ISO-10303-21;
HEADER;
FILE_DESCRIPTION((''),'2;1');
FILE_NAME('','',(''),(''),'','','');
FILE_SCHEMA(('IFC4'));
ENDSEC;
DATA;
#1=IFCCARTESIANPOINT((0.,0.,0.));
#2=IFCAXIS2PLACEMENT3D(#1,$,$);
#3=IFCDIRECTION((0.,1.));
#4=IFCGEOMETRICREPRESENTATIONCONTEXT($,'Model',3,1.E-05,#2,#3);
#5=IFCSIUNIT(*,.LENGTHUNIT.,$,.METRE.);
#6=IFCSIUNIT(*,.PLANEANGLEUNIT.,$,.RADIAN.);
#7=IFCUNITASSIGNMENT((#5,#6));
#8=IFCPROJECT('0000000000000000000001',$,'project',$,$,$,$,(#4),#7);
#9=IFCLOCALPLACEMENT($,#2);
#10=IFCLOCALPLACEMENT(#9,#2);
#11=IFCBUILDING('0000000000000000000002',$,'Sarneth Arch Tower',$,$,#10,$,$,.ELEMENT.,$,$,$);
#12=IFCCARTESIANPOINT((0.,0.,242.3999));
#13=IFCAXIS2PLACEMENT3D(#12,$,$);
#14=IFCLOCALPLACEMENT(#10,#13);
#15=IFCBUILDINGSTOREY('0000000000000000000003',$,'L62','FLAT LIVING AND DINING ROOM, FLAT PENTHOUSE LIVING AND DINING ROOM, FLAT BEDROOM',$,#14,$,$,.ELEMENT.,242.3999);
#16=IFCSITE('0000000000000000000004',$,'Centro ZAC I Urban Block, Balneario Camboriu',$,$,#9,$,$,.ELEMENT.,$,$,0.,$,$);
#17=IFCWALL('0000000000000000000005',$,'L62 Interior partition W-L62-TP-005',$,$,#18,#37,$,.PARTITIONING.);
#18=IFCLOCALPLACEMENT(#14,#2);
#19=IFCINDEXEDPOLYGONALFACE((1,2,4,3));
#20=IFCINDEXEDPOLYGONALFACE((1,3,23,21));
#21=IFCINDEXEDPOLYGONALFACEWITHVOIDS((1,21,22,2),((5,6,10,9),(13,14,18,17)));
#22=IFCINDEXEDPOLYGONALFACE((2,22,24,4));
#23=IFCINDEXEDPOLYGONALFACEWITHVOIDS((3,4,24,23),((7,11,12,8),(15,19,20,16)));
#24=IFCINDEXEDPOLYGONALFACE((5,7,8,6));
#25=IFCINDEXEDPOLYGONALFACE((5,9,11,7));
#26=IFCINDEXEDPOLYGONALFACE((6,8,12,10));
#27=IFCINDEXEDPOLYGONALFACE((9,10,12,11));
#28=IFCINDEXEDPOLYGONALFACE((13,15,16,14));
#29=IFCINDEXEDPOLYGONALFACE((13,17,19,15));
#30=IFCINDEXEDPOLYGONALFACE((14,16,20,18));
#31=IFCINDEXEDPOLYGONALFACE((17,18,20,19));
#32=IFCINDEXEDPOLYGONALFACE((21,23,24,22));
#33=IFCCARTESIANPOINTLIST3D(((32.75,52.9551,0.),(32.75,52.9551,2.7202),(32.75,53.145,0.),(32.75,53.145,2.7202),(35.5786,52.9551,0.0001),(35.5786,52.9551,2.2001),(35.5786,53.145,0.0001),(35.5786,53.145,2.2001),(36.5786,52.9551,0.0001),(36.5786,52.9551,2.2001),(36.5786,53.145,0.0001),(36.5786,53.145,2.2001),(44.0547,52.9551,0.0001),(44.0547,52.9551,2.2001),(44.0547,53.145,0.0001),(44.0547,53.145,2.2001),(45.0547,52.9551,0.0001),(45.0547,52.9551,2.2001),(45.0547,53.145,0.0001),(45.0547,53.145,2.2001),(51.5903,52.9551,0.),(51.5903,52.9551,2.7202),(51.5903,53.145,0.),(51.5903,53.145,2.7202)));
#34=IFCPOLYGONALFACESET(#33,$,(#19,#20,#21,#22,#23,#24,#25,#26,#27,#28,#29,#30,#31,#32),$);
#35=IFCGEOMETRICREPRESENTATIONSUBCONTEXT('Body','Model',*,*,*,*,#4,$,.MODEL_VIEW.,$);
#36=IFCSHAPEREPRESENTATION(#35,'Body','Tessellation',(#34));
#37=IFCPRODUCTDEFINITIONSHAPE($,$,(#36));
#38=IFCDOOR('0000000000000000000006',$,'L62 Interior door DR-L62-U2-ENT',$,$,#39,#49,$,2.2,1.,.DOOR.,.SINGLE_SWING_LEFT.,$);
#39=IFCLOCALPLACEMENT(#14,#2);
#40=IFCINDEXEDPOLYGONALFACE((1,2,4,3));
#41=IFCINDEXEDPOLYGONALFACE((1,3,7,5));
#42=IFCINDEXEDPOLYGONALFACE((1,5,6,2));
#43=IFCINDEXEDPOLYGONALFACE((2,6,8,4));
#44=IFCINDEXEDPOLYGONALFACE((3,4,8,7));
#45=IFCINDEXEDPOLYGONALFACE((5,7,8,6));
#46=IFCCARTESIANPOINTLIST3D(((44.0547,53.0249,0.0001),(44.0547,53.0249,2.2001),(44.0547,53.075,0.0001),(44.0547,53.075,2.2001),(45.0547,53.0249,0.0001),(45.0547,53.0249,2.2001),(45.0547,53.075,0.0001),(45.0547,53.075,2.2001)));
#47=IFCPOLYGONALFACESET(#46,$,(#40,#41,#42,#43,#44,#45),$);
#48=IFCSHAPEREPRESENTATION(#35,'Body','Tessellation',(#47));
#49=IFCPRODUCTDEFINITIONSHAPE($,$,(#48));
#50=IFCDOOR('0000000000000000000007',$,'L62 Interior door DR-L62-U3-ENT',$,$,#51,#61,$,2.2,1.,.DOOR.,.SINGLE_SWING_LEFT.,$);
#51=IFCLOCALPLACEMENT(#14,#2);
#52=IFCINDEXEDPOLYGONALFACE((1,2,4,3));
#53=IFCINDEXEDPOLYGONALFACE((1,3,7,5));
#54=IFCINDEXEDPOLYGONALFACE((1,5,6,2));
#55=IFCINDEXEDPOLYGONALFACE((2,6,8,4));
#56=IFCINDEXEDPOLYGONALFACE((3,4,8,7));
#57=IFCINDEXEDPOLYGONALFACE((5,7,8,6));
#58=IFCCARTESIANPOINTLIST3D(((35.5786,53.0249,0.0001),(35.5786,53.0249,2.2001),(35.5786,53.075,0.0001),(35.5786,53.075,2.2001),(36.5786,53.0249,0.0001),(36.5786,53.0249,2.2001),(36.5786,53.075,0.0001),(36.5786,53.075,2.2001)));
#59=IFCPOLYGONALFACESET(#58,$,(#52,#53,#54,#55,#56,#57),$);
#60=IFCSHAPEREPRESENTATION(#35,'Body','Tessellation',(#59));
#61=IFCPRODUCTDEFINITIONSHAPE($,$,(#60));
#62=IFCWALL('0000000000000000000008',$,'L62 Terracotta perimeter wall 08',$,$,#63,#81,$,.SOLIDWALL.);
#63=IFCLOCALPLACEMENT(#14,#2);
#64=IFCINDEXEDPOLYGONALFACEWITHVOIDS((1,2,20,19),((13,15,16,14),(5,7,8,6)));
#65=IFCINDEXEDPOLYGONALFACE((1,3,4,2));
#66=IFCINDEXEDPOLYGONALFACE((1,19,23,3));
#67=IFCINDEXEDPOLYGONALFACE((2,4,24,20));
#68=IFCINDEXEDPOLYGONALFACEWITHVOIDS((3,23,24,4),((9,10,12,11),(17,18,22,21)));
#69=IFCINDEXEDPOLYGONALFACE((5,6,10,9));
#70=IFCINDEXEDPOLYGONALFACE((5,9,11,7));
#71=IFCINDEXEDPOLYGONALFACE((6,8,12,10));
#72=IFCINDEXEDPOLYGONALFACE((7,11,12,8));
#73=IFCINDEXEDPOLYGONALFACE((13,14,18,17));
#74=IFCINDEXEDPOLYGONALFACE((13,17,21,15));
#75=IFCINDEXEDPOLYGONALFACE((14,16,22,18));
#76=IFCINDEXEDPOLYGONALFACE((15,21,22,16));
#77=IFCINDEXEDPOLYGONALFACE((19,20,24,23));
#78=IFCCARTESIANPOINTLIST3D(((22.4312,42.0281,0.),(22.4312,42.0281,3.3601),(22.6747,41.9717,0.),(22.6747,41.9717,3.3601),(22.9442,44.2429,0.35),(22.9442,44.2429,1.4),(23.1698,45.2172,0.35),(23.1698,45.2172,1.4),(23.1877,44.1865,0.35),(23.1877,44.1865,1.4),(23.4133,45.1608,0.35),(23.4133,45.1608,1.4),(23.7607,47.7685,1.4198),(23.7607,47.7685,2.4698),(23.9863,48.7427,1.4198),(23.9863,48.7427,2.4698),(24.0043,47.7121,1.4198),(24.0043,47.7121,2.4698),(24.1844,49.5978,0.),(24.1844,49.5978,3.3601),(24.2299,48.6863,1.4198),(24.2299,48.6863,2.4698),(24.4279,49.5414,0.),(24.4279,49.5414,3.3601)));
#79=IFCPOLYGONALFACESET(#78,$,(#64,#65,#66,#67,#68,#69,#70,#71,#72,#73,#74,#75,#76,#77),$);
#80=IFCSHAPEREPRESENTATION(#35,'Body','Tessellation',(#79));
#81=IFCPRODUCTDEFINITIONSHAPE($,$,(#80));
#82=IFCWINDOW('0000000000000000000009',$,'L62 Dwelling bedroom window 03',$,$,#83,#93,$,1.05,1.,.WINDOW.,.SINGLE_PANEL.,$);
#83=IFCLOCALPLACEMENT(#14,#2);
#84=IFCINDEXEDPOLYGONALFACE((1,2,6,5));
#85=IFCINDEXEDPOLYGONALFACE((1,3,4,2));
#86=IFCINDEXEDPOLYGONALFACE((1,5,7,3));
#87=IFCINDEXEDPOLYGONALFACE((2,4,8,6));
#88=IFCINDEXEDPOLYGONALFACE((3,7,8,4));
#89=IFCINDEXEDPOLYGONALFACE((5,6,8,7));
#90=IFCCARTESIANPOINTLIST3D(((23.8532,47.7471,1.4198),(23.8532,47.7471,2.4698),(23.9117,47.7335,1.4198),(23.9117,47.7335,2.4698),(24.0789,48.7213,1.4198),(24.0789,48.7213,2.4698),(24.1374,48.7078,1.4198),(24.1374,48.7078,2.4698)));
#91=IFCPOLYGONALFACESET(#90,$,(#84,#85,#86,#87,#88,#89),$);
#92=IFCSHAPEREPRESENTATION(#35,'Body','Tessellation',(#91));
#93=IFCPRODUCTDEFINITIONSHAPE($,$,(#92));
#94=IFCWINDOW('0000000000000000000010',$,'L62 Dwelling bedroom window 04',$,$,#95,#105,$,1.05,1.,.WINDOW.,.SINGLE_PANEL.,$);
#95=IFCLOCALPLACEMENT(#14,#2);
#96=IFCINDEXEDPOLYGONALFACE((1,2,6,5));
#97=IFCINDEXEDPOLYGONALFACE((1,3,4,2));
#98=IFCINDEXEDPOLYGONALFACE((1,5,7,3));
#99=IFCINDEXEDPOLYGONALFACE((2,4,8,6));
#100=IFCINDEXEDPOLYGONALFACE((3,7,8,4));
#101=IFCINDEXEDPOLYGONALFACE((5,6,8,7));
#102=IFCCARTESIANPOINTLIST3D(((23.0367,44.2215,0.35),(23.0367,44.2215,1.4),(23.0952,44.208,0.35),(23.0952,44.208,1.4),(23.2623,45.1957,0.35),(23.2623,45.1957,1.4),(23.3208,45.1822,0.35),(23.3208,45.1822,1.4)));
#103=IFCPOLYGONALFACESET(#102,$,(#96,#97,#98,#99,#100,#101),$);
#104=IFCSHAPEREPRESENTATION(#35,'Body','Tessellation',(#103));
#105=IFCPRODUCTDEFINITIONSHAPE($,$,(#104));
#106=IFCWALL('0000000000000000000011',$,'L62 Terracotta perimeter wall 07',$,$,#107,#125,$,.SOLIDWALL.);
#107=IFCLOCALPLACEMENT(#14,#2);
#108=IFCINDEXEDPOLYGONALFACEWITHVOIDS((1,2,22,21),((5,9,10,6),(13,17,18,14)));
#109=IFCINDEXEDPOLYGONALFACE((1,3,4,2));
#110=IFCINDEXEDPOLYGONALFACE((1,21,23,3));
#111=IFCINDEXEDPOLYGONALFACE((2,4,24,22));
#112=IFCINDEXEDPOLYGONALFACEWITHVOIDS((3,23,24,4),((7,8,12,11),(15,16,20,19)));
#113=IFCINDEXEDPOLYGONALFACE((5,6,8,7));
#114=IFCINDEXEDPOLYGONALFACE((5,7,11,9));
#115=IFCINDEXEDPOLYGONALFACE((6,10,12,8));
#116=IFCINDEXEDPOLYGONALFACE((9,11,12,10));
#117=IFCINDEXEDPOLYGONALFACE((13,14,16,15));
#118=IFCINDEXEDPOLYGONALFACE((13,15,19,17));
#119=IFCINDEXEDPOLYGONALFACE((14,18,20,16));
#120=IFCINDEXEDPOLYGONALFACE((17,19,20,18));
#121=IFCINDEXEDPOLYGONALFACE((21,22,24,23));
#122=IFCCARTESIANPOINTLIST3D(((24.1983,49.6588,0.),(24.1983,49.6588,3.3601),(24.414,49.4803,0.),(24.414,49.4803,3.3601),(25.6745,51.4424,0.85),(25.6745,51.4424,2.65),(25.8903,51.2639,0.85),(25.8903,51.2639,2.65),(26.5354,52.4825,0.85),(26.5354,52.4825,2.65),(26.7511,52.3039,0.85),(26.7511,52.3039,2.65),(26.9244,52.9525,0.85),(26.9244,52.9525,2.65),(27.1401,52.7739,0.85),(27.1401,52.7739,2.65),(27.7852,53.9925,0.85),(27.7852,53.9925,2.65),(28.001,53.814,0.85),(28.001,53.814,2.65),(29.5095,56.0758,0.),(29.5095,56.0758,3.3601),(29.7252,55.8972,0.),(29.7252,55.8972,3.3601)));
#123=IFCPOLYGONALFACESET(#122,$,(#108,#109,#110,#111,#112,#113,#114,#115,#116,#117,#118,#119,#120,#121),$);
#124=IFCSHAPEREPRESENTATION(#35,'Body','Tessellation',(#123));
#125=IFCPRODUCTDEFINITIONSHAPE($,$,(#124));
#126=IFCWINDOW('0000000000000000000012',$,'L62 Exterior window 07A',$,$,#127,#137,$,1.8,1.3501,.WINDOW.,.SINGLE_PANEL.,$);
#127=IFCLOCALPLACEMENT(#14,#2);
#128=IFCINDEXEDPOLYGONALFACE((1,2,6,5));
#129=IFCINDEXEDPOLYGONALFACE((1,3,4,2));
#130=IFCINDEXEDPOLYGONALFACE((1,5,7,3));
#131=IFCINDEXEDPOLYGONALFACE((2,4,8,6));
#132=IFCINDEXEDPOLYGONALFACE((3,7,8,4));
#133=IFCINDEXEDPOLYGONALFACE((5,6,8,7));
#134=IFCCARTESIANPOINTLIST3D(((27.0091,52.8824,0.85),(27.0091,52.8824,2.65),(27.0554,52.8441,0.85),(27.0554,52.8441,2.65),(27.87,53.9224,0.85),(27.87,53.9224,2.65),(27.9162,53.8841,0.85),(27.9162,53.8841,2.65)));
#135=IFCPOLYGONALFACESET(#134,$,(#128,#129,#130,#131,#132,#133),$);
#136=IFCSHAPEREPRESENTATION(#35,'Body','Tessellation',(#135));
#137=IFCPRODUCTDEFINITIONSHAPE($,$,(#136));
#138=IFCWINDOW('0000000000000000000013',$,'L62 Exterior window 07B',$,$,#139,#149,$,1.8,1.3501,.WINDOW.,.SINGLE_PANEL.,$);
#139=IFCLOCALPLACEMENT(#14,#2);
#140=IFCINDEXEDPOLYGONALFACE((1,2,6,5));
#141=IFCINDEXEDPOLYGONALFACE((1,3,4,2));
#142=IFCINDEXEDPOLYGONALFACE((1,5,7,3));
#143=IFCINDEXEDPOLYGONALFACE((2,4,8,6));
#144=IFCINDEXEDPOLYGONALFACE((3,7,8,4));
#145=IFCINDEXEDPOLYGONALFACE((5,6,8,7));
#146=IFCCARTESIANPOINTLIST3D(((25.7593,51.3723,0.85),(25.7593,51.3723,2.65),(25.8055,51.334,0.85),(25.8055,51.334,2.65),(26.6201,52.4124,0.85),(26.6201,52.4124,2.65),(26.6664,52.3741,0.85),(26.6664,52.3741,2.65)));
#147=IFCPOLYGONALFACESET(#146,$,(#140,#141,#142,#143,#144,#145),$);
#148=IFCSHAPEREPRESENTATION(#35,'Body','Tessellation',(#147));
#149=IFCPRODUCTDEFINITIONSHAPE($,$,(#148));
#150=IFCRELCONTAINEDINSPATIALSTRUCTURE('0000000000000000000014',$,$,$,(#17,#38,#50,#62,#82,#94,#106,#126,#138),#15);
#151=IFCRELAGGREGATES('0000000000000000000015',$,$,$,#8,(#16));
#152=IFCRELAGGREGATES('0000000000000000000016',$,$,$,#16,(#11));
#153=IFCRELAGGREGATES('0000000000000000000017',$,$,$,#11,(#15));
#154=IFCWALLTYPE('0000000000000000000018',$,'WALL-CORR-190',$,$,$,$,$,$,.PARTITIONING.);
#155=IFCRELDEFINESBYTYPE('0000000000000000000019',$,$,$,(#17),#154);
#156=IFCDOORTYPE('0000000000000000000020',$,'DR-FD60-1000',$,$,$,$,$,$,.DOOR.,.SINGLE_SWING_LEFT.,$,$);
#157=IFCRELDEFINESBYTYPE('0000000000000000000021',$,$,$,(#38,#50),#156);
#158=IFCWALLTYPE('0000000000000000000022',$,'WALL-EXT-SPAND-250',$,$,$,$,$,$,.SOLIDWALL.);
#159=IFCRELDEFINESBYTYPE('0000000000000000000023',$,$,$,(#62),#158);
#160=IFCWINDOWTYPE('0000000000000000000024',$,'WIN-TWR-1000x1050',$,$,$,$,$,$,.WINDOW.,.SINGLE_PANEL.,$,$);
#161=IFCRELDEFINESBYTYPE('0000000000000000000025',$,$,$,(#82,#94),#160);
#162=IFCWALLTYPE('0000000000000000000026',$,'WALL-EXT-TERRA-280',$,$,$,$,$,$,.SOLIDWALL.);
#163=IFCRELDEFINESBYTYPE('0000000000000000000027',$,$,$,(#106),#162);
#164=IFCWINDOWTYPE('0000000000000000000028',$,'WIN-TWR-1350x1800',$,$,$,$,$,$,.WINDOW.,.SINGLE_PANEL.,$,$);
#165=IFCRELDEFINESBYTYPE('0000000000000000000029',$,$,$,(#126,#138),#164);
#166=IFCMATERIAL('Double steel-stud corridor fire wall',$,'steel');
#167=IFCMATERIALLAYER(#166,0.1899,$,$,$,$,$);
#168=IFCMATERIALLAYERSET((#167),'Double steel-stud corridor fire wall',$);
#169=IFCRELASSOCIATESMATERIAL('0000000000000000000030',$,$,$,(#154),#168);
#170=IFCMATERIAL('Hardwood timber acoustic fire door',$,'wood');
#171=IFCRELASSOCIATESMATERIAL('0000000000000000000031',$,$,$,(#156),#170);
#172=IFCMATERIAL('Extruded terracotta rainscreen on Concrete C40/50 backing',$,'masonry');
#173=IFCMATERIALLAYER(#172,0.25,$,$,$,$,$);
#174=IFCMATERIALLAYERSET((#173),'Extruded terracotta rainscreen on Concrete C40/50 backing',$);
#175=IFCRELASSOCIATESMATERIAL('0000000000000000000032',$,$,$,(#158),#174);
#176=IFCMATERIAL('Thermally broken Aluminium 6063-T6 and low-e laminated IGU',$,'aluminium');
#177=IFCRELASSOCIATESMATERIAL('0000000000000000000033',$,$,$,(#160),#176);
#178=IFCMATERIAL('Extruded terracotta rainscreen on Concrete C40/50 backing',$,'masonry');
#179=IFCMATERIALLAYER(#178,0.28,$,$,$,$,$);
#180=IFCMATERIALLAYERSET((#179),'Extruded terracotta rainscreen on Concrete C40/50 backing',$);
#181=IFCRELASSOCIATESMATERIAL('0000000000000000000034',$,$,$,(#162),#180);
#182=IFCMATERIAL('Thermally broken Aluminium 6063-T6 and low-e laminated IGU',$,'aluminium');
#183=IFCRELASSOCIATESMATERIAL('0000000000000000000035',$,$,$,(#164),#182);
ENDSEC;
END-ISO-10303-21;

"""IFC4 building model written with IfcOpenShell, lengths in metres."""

from ifc_helpers import new_model, si_unit, direction, frame, frame_2d, origin, place, context, subcontext, project, spatial, rectangle, extrude, material, layer, layer_set, type_object, element, fill, save


model = new_model("IFC4")

# Units and contexts
model_context = context("Model", 3, precision=1e-05, world=origin(), true_north=direction((0.0, 1.0)))
body_context = subcontext(model_context, "Body", "Model", "MODEL_VIEW")
ifc_project = project(units=[si_unit("LENGTHUNIT", "METRE"), si_unit("PLANEANGLEUNIT", "RADIAN")], contexts=[model_context])

# Site, building, storey
site_placement = place(None, origin())
site = spatial("IfcSite", under=ifc_project, at=site_placement, Name="Centro ZAC I Urban Block, Balneario Camboriu", CompositionType="ELEMENT", RefElevation=0.0)
building_placement = place(site_placement, origin())
building = spatial("IfcBuilding", under=site, at=building_placement, Name="Sarneth Arch Tower", CompositionType="ELEMENT")
storey_placement = place(building_placement, frame((0.0, 0.0, 242.3999)))
storey = spatial("IfcBuildingStorey", under=building, at=storey_placement, Name="L62", Description="FLAT LIVING AND DINING ROOM, FLAT PENTHOUSE LIVING AND DINING ROOM, FLAT BEDROOM", CompositionType="ELEMENT", Elevation=242.3999)

# Wall, openings, doors
ifc_material_1 = material(Name="Double steel-stud corridor fire wall", Category="steel")
ifc_layer_1 = layer(ifc_material_1, 0.1899)
ifc_layer_set_1 = layer_set([ifc_layer_1], Name="Double steel-stud corridor fire wall")
wall_type_1 = type_object("IfcWallType", Name="WALL-CORR-190", PredefinedType="PARTITIONING", material=ifc_layer_set_1)
wall_1_placement = place(storey_placement, frame((32.75, 53.05, 0.0), z_axis=(0.0, 0.0, 1.0), x_axis=(1.0, 0.0, 0.0)))
wall_1 = element("IfcWall", 1, at=wall_1_placement, inside=storey, type_object=wall_type_1, Name="L62 Interior partition W-L62-TP-005", PredefinedType="PARTITIONING", context=body_context, shape_type="SweptSolid", body=[
    extrude(rectangle(XDim=18.8403, YDim=0.1899, at=frame_2d((9.4202, 0.0))), origin(), (0.0, 0.0, 1.0), 2.7202),
])
opening_1_placement = place(wall_1_placement, frame((11.3047, 0.0, 0.0)))
opening_1 = element("IfcOpeningElement", 2, at=opening_1_placement, cuts=wall_1, PredefinedType="OPENING", context=body_context, shape_type="SweptSolid", body=[
    extrude(rectangle(XDim=1.0, YDim=2.2, at=frame_2d((0.5, 1.1001))), frame((0.0, 0.105, 0.0), z_axis=(0.0, -1.0, 0.0), x_axis=(1.0, 0.0, 0.0)), (0.0, 0.0, 1.0), 0.21),
])
opening_2_placement = place(wall_1_placement, frame((2.8286, 0.0, 0.0)))
opening_2 = element("IfcOpeningElement", 3, at=opening_2_placement, cuts=wall_1, PredefinedType="OPENING", context=body_context, shape_type="SweptSolid", body=[
    extrude(rectangle(XDim=1.0, YDim=2.2, at=frame_2d((0.5, 1.1001))), frame((0.0, 0.105, 0.0), z_axis=(0.0, -1.0, 0.0), x_axis=(1.0, 0.0, 0.0)), (0.0, 0.0, 1.0), 0.21),
])
ifc_material_2 = material(Name="Hardwood timber acoustic fire door", Category="wood")
door_type_1 = type_object("IfcDoorType", Name="DR-FD60-1000", OperationType="SINGLE_SWING_LEFT", PredefinedType="DOOR", material=ifc_material_2)
door_1_placement = place(opening_1_placement, origin())
door_1 = element("IfcDoor", 4, at=door_1_placement, inside=storey, type_object=door_type_1, Name="L62 Interior door DR-L62-U2-ENT", OperationType="SINGLE_SWING_LEFT", OverallHeight=2.2, OverallWidth=1.0, PredefinedType="DOOR", context=body_context, shape_type="SweptSolid", body=[
    extrude(rectangle(XDim=1.0, YDim=2.2, at=frame_2d((0.5, 1.1001))), frame((0.0, 0.0249, 0.0), z_axis=(0.0, -1.0, 0.0), x_axis=(1.0, 0.0, 0.0)), (0.0, 0.0, 1.0), 0.05),
])
fill(opening_1, door_1)
door_2_placement = place(opening_2_placement, origin())
door_2 = element("IfcDoor", 5, at=door_2_placement, inside=storey, type_object=door_type_1, Name="L62 Interior door DR-L62-U3-ENT", OperationType="SINGLE_SWING_LEFT", OverallHeight=2.2, OverallWidth=1.0, PredefinedType="DOOR", context=body_context, shape_type="SweptSolid", body=[
    extrude(rectangle(XDim=1.0, YDim=2.2, at=frame_2d((0.5, 1.1001))), frame((0.0, 0.0249, 0.0), z_axis=(0.0, -1.0, 0.0), x_axis=(1.0, 0.0, 0.0)), (0.0, 0.0, 1.0), 0.05),
])
fill(opening_2, door_2)

# Walls, openings, windows
ifc_material_3 = material(Name="Extruded terracotta rainscreen on Concrete C40/50 backing", Category="masonry")
ifc_layer_2 = layer(ifc_material_3, 0.25)
ifc_layer_set_2 = layer_set([ifc_layer_2], Name="Extruded terracotta rainscreen on Concrete C40/50 backing")
wall_type_2 = type_object("IfcWallType", Name="WALL-EXT-SPAND-250", PredefinedType="SOLIDWALL", material=ifc_layer_set_2)
wall_2_placement = place(storey_placement, frame((24.3062, 49.5696, 0.0), z_axis=(0.0, 0.0, 1.0), x_axis=(-0.225635, -0.974212, 0.0)))
wall_2 = element("IfcWall", 6, at=wall_2_placement, inside=storey, type_object=wall_type_2, Name="L62 Terracotta perimeter wall 08", PredefinedType="SOLIDWALL", context=body_context, shape_type="SweptSolid", body=[
    extrude(rectangle(XDim=7.77, YDim=0.25, at=frame_2d((3.885, 0.0))), origin(), (0.0, 0.0, 1.0), 3.3601),
])
opening_3_placement = place(wall_2_placement, frame((0.8777, 0.0, 1.4199)))
opening_3 = element("IfcOpeningElement", 7, at=opening_3_placement, cuts=wall_2, PredefinedType="OPENING", context=body_context, shape_type="SweptSolid", body=[
    extrude(rectangle(XDim=1.0, YDim=1.05, at=frame_2d((0.5, 0.5249))), frame((0.0, 0.135, 0.0), z_axis=(0.0, -1.0, 0.0), x_axis=(1.0, 0.0, 0.0)), (0.0, 0.0, 1.0), 0.27),
])
opening_4_placement = place(wall_2_placement, frame((4.4966, 0.0, 0.3501)))
opening_4 = element("IfcOpeningElement", 8, at=opening_4_placement, cuts=wall_2, PredefinedType="OPENING", context=body_context, shape_type="SweptSolid", body=[
    extrude(rectangle(XDim=1.0, YDim=1.05, at=frame_2d((0.5, 0.5249))), frame((0.0, 0.135, 0.0), z_axis=(0.0, -1.0, 0.0), x_axis=(1.0, 0.0, 0.0)), (0.0, 0.0, 1.0), 0.27),
])
ifc_material_4 = material(Name="Thermally broken Aluminium 6063-T6 and low-e laminated IGU", Category="aluminium")
window_type_1 = type_object("IfcWindowType", Name="WIN-TWR-1000x1050", PartitioningType="SINGLE_PANEL", PredefinedType="WINDOW", material=ifc_material_4)
window_1_placement = place(opening_3_placement, origin())
window_1 = element("IfcWindow", 9, at=window_1_placement, inside=storey, type_object=window_type_1, Name="L62 Dwelling bedroom window 03", OverallHeight=1.05, OverallWidth=1.0, PartitioningType="SINGLE_PANEL", PredefinedType="WINDOW", context=body_context, shape_type="SweptSolid", body=[
    extrude(rectangle(XDim=1.0, YDim=1.05, at=frame_2d((0.5, 0.5249))), frame((0.0, 0.03, 0.0), z_axis=(0.0, -1.0, 0.0), x_axis=(1.0, 0.0, 0.0)), (0.0, 0.0, 1.0), 0.0601),
])
fill(opening_3, window_1)
window_2_placement = place(opening_4_placement, origin())
window_2 = element("IfcWindow", 10, at=window_2_placement, inside=storey, type_object=window_type_1, Name="L62 Dwelling bedroom window 04", OverallHeight=1.05, OverallWidth=1.0, PartitioningType="SINGLE_PANEL", PredefinedType="WINDOW", context=body_context, shape_type="SweptSolid", body=[
    extrude(rectangle(XDim=1.0, YDim=1.05, at=frame_2d((0.5, 0.5249))), frame((0.0, 0.03, 0.0), z_axis=(0.0, -1.0, 0.0), x_axis=(1.0, 0.0, 0.0)), (0.0, 0.0, 1.0), 0.0601),
])
fill(opening_4, window_2)
ifc_material_5 = material(Name="Extruded terracotta rainscreen on Concrete C40/50 backing", Category="masonry")
ifc_layer_3 = layer(ifc_material_5, 0.28)
ifc_layer_set_3 = layer_set([ifc_layer_3], Name="Extruded terracotta rainscreen on Concrete C40/50 backing")
wall_type_3 = type_object("IfcWallType", Name="WALL-EXT-TERRA-280", PredefinedType="SOLIDWALL", material=ifc_layer_set_3)
wall_3_placement = place(storey_placement, frame((29.6174, 55.9866, 0.0), z_axis=(0.0, 0.0, 1.0), x_axis=(-0.637615, -0.770355, 0.0)))
wall_3 = element("IfcWall", 11, at=wall_3_placement, inside=storey, type_object=wall_type_3, Name="L62 Terracotta perimeter wall 07", PredefinedType="SOLIDWALL", context=body_context, shape_type="SweptSolid", body=[
    extrude(rectangle(XDim=8.3298, YDim=0.28, at=frame_2d((4.165, 0.0))), origin(), (0.0, 0.0, 1.0), 3.3601),
])
opening_5_placement = place(wall_3_placement, frame((2.7043, 0.0, 0.8501)))
opening_5 = element("IfcOpeningElement", 12, at=opening_5_placement, cuts=wall_3, PredefinedType="OPENING", context=body_context, shape_type="SweptSolid", body=[
    extrude(rectangle(XDim=1.3501, YDim=1.8, at=frame_2d((0.675, 0.8999))), frame((0.0, 0.1499, 0.0), z_axis=(0.0, -1.0, 0.0), x_axis=(1.0, 0.0, 0.0)), (0.0, 0.0, 1.0), 0.3),
])
opening_6_placement = place(wall_3_placement, frame((4.6646, 0.0, 0.8501)))
opening_6 = element("IfcOpeningElement", 13, at=opening_6_placement, cuts=wall_3, PredefinedType="OPENING", context=body_context, shape_type="SweptSolid", body=[
    extrude(rectangle(XDim=1.3501, YDim=1.8, at=frame_2d((0.675, 0.8999))), frame((0.0, 0.1499, 0.0), z_axis=(0.0, -1.0, 0.0), x_axis=(1.0, 0.0, 0.0)), (0.0, 0.0, 1.0), 0.3),
])
ifc_material_6 = material(Name="Thermally broken Aluminium 6063-T6 and low-e laminated IGU", Category="aluminium")
window_type_2 = type_object("IfcWindowType", Name="WIN-TWR-1350x1800", PartitioningType="SINGLE_PANEL", PredefinedType="WINDOW", material=ifc_material_6)
window_3_placement = place(opening_5_placement, origin())
window_3 = element("IfcWindow", 14, at=window_3_placement, inside=storey, type_object=window_type_2, Name="L62 Exterior window 07A", OverallHeight=1.8, OverallWidth=1.3501, PartitioningType="SINGLE_PANEL", PredefinedType="WINDOW", context=body_context, shape_type="SweptSolid", body=[
    extrude(rectangle(XDim=1.3501, YDim=1.8, at=frame_2d((0.675, 0.8999))), frame((0.0, 0.03, 0.0), z_axis=(0.0, -1.0, 0.0), x_axis=(1.0, 0.0, 0.0)), (0.0, 0.0, 1.0), 0.0601),
])
fill(opening_5, window_3)
window_4_placement = place(opening_6_placement, origin())
window_4 = element("IfcWindow", 15, at=window_4_placement, inside=storey, type_object=window_type_2, Name="L62 Exterior window 07B", OverallHeight=1.8, OverallWidth=1.3501, PartitioningType="SINGLE_PANEL", PredefinedType="WINDOW", context=body_context, shape_type="SweptSolid", body=[
    extrude(rectangle(XDim=1.3501, YDim=1.8, at=frame_2d((0.675, 0.8999))), frame((0.0, 0.03, 0.0), z_axis=(0.0, -1.0, 0.0), x_axis=(1.0, 0.0, 0.0)), (0.0, 0.0, 1.0), 0.0601),
])
fill(opening_6, window_4)

save(model, "model.ifc")
